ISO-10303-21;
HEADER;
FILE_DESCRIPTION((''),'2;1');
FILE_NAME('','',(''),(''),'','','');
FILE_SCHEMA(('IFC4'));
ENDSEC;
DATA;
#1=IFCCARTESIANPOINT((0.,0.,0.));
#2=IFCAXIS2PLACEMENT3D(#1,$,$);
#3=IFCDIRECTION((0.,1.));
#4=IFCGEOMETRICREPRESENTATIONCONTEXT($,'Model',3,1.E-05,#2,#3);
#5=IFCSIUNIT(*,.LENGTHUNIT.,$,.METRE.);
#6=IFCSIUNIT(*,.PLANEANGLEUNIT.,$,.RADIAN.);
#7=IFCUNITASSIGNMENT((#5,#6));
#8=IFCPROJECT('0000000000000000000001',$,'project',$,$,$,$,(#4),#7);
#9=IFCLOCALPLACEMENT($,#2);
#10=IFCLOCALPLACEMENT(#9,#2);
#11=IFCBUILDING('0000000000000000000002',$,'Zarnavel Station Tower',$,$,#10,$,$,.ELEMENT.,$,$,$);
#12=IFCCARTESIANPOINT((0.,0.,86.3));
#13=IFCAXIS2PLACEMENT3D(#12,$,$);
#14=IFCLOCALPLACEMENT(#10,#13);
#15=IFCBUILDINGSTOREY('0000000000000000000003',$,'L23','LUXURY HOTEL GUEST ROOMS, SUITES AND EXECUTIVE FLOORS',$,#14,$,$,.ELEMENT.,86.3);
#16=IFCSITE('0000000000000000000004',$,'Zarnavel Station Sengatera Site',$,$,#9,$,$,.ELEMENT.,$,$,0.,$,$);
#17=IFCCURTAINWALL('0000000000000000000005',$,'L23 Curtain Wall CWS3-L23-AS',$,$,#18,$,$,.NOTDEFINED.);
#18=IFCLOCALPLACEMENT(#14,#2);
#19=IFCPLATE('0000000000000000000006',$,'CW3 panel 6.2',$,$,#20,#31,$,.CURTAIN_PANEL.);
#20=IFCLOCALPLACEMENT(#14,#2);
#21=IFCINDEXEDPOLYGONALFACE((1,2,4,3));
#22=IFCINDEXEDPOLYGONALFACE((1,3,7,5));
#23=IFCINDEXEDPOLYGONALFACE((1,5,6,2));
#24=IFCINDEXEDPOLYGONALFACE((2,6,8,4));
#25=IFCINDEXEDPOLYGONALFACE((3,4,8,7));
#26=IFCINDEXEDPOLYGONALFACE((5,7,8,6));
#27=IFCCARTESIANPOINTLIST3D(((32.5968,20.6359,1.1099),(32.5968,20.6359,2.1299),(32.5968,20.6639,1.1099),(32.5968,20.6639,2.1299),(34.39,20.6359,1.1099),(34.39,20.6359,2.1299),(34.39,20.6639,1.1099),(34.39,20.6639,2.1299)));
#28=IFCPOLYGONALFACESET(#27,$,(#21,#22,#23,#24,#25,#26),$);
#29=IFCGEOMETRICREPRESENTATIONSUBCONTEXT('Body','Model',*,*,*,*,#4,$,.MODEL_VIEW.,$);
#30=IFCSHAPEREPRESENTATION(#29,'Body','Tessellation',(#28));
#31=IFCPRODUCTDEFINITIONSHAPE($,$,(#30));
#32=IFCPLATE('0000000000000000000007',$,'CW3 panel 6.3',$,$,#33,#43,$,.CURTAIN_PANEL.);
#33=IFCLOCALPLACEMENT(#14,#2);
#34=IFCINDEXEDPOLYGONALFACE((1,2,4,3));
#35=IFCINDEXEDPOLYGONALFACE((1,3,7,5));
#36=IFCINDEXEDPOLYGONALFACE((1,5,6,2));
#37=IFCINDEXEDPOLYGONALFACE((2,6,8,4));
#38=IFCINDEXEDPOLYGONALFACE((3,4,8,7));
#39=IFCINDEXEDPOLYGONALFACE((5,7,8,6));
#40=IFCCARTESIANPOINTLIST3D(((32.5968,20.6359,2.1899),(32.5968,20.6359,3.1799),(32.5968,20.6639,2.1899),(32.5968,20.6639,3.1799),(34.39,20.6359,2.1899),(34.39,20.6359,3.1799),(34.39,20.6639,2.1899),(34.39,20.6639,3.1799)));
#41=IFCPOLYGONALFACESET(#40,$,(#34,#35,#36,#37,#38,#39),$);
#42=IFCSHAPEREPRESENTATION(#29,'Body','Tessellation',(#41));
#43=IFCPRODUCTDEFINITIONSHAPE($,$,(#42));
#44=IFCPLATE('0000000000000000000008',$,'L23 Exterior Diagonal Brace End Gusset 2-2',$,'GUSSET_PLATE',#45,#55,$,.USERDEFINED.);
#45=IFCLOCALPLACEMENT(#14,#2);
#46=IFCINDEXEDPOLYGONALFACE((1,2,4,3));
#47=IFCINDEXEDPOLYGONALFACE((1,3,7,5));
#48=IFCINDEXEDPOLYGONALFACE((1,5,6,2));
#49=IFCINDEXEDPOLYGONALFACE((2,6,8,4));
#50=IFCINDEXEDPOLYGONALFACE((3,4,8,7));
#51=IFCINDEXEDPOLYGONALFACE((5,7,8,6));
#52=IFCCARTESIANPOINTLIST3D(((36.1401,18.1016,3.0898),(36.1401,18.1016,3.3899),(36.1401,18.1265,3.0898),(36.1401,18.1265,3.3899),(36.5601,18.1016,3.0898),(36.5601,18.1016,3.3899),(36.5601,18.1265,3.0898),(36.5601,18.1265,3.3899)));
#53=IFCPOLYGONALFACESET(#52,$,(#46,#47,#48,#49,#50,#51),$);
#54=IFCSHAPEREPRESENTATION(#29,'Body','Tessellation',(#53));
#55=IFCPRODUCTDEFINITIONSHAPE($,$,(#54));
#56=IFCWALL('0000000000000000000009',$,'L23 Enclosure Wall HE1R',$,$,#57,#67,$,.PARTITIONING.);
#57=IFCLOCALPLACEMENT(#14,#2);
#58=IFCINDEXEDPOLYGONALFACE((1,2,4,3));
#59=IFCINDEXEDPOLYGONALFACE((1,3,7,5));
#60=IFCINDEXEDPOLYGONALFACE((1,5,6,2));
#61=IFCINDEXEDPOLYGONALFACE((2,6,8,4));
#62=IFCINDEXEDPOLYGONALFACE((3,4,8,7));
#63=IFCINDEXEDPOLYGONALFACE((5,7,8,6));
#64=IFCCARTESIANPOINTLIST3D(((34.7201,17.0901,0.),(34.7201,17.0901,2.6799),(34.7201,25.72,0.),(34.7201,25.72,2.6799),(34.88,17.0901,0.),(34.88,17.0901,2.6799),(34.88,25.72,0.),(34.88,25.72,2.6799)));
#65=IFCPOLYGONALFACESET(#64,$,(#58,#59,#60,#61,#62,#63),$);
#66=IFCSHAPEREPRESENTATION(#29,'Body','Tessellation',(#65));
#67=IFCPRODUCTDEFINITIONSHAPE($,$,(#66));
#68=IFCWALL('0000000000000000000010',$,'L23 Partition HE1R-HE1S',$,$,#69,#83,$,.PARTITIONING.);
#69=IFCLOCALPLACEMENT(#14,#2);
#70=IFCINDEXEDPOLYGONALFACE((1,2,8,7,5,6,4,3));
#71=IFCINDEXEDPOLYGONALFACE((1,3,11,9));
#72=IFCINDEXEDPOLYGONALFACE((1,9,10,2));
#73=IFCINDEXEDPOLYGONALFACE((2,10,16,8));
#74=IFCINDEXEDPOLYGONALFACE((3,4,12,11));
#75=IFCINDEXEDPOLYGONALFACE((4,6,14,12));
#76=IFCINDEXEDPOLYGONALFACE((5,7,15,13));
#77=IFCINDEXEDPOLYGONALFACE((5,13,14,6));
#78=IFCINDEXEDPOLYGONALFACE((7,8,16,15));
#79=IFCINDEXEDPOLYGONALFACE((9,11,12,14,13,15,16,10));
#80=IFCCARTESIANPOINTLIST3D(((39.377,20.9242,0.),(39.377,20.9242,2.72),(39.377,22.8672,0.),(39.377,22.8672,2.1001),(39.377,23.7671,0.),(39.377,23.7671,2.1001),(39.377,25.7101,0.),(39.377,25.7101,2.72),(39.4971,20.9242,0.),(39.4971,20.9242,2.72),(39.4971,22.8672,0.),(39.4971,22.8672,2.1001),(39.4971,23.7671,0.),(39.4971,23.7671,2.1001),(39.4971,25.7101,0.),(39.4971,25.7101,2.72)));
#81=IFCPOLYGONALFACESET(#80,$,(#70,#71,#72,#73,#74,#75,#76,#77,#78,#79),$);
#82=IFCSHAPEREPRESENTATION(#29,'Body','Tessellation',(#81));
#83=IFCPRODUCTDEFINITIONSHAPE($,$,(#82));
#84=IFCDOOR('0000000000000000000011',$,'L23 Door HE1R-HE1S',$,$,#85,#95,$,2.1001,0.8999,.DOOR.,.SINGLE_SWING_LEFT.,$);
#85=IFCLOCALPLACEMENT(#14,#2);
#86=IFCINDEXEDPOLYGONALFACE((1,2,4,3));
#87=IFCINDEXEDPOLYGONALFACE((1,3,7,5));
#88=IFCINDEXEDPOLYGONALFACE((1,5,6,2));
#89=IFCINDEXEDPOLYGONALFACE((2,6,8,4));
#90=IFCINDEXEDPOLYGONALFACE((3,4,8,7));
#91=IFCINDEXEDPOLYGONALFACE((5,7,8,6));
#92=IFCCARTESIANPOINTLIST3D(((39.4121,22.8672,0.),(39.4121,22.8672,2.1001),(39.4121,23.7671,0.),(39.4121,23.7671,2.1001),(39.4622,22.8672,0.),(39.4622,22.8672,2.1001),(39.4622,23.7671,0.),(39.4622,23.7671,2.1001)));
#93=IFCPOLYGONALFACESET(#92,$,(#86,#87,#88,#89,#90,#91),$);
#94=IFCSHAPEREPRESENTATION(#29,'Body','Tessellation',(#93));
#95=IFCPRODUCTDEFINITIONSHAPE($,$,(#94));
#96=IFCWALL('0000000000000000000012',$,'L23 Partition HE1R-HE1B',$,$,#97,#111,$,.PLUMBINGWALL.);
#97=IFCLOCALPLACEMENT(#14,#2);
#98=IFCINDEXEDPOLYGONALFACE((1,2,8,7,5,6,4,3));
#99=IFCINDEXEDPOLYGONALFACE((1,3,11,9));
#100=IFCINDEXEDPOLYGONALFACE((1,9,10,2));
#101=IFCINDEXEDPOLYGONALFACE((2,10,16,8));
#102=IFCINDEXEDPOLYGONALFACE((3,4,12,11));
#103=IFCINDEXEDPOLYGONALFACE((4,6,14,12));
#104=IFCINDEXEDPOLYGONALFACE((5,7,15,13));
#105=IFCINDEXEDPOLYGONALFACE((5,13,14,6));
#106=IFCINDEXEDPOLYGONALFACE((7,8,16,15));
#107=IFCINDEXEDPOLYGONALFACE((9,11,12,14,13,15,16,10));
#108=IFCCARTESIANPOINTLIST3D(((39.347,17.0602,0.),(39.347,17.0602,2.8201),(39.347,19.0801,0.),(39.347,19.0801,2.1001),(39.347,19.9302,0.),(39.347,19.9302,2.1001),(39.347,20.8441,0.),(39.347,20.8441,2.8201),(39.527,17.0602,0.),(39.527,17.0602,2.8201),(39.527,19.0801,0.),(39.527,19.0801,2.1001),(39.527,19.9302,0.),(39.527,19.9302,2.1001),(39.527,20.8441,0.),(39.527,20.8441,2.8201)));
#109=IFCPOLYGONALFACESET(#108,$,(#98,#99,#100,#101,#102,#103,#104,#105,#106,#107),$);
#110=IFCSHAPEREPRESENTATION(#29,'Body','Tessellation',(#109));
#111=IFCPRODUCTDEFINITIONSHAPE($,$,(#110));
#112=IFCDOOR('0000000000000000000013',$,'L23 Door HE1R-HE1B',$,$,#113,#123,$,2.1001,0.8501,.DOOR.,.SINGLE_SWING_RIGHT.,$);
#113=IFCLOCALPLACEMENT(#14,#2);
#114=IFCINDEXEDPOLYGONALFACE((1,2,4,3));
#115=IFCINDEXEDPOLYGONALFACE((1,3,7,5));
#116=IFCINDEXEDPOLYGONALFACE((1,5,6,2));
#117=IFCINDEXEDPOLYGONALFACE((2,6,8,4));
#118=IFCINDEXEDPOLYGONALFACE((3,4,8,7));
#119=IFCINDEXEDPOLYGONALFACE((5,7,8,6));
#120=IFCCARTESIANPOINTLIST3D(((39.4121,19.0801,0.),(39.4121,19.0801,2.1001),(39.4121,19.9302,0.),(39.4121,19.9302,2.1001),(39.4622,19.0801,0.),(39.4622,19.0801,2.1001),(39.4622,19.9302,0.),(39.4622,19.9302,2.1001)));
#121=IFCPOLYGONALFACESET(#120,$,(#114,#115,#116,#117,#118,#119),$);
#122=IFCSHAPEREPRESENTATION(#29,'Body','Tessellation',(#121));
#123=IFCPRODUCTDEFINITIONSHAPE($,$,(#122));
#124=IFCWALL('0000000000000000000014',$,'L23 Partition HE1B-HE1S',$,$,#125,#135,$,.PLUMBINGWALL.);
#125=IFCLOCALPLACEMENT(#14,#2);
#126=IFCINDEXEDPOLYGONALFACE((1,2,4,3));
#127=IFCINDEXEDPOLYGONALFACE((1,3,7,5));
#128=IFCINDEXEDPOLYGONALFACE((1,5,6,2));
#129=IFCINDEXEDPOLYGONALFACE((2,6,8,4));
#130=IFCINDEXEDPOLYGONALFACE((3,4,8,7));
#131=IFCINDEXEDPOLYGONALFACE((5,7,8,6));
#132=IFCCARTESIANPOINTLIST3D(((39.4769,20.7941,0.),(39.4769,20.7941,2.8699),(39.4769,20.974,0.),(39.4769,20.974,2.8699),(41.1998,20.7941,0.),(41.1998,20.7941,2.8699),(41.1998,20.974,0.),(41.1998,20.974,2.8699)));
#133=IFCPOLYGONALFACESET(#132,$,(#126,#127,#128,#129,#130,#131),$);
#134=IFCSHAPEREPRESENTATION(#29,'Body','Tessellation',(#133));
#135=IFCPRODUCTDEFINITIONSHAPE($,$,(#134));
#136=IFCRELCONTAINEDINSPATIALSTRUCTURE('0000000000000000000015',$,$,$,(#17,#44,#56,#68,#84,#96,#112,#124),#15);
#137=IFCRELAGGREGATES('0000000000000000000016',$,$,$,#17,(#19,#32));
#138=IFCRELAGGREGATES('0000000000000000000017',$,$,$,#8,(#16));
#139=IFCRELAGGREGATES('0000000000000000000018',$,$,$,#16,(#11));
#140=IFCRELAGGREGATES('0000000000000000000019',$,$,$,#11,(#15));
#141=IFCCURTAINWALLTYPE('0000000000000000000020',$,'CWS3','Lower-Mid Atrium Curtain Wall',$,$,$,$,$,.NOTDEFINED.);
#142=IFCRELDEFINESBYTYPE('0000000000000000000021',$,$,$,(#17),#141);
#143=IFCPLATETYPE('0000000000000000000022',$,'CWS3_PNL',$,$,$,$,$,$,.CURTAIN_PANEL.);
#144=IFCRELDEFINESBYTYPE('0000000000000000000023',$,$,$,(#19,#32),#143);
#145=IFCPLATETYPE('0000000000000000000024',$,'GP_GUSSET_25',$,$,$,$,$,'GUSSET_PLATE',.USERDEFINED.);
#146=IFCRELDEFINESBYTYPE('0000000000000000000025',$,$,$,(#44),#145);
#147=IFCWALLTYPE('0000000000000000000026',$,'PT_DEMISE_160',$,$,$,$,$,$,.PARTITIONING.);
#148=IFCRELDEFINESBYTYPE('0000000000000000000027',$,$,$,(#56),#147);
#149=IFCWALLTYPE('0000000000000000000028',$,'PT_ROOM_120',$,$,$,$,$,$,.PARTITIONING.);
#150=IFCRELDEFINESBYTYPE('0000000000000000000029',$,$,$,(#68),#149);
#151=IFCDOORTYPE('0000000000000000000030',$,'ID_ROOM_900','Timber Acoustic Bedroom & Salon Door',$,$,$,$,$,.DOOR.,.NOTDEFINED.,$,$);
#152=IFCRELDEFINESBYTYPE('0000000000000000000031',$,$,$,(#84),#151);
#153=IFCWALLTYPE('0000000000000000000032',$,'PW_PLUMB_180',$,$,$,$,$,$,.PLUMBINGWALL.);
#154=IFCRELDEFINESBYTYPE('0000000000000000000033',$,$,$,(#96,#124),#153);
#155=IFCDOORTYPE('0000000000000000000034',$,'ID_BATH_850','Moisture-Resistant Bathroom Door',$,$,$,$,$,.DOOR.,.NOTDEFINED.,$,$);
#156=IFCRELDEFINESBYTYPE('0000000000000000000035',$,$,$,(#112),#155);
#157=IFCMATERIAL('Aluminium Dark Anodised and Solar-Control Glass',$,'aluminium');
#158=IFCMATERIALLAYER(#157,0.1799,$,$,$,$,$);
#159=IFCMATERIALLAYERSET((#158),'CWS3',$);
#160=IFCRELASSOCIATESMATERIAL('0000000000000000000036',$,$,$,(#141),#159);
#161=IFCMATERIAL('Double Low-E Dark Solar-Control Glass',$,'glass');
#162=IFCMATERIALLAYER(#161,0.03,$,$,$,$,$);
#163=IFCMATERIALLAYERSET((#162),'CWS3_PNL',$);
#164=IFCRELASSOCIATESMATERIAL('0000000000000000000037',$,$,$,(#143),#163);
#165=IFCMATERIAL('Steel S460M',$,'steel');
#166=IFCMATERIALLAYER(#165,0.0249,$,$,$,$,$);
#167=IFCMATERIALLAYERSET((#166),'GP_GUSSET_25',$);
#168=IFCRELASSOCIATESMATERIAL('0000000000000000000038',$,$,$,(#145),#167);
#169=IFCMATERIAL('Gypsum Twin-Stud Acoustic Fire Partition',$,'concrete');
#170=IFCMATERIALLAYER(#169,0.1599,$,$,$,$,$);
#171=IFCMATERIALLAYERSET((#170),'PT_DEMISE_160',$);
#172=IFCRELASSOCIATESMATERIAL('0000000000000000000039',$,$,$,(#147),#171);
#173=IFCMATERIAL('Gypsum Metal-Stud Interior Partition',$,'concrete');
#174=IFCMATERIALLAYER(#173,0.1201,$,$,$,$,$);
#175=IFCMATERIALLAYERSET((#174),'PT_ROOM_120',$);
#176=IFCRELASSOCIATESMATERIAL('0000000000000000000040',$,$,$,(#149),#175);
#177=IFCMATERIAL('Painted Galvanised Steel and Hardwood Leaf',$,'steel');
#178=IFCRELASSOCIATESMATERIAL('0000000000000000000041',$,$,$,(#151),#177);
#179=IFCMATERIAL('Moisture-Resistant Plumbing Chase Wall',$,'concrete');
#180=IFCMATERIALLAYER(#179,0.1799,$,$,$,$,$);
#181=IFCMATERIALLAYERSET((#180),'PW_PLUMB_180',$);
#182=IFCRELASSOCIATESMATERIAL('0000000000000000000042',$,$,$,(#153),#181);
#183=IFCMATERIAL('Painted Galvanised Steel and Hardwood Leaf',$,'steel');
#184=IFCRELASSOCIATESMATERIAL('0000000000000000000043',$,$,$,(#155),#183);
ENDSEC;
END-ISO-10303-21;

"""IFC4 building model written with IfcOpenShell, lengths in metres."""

from ifc_helpers import new_model, si_unit, direction, frame, frame_2d, origin, origin_2d, place, context, subcontext, project, spatial, rectangle, extrude, material, layer, layer_set, type_object, element, fill, aggregate, save


model = new_model("IFC4")

# Units and contexts
model_context = context("Model", 3, precision=1e-05, world=origin(), true_north=direction((0.0, 1.0)))
body_context = subcontext(model_context, "Body", "Model", "MODEL_VIEW")
ifc_project = project(units=[si_unit("LENGTHUNIT", "METRE"), si_unit("PLANEANGLEUNIT", "RADIAN")], contexts=[model_context])

# Site, building, storey
site_placement = place(None, origin())
site = spatial("IfcSite", under=ifc_project, at=site_placement, Name="Zarnavel Station Sengatera Site", CompositionType="ELEMENT", RefElevation=0.0)
building_placement = place(site_placement, origin())
building = spatial("IfcBuilding", under=site, at=building_placement, Name="Zarnavel Station Tower", CompositionType="ELEMENT")
storey_placement = place(building_placement, frame((0.0, 0.0, 86.3)))
storey = spatial("IfcBuildingStorey", under=building, at=storey_placement, Name="L23", Description="LUXURY HOTEL GUEST ROOMS, SUITES AND EXECUTIVE FLOORS", CompositionType="ELEMENT", Elevation=86.3)

# Curtain wall
ifc_material_1 = material(Name="Aluminium Dark Anodised and Solar-Control Glass", Category="aluminium")
ifc_layer_1 = layer(ifc_material_1, 0.1799)
ifc_layer_set_1 = layer_set([ifc_layer_1], Name="CWS3")
curtain_wall_type = type_object("IfcCurtainWallType", Name="CWS3", Description="Lower-Mid Atrium Curtain Wall", PredefinedType="NOTDEFINED", material=ifc_layer_set_1)
curtain_wall_placement = place(storey_placement, origin())
curtain_wall = element("IfcCurtainWall", 1, at=curtain_wall_placement, inside=storey, type_object=curtain_wall_type, Name="L23 Curtain Wall CWS3-L23-AS", PredefinedType="NOTDEFINED")

# Plates
ifc_material_2 = material(Name="Double Low-E Dark Solar-Control Glass", Category="glass")
ifc_layer_2 = layer(ifc_material_2, 0.03)
ifc_layer_set_2 = layer_set([ifc_layer_2], Name="CWS3_PNL")
plate_type_1 = type_object("IfcPlateType", Name="CWS3_PNL", PredefinedType="CURTAIN_PANEL", material=ifc_layer_set_2)
plate_1_placement = place(storey_placement, frame((33.4934, 20.6499, 1.1099), z_axis=(0.0, 0.0, 1.0), x_axis=(1.0, 0.0, 0.0)))
plate_1 = element("IfcPlate", 2, at=plate_1_placement, type_object=plate_type_1, Name="CW3 panel 6.2", PredefinedType="CURTAIN_PANEL", context=body_context, shape_type="SweptSolid", body=[
    extrude(rectangle(XDim=1.7932, YDim=0.0281, at=origin_2d()), origin(), (0.0, 0.0, 1.0), 1.02),
])
plate_2_placement = place(storey_placement, frame((33.4934, 20.6499, 2.1899), z_axis=(0.0, 0.0, 1.0), x_axis=(1.0, 0.0, 0.0)))
plate_2 = element("IfcPlate", 3, at=plate_2_placement, type_object=plate_type_1, Name="CW3 panel 6.3", PredefinedType="CURTAIN_PANEL", context=body_context, shape_type="SweptSolid", body=[
    extrude(rectangle(XDim=1.7932, YDim=0.0281, at=origin_2d()), origin(), (0.0, 0.0, 1.0), 0.99),
])
aggregate(curtain_wall, [plate_1, plate_2])
ifc_material_3 = material(Name="Steel S460M", Category="steel")
ifc_layer_3 = layer(ifc_material_3, 0.0249)
ifc_layer_set_3 = layer_set([ifc_layer_3], Name="GP_GUSSET_25")
plate_type_2 = type_object("IfcPlateType", Name="GP_GUSSET_25", ElementType="GUSSET_PLATE", PredefinedType="USERDEFINED", material=ifc_layer_set_3)
plate_3_placement = place(storey_placement, frame((36.3501, 18.114, 3.0898), z_axis=(0.0, 0.0, 1.0), x_axis=(1.0, 0.0, 0.0)))
element("IfcPlate", 4, at=plate_3_placement, inside=storey, type_object=plate_type_2, Name="L23 Exterior Diagonal Brace End Gusset 2-2", ObjectType="GUSSET_PLATE", PredefinedType="USERDEFINED", context=body_context, shape_type="SweptSolid", body=[
    extrude(rectangle(XDim=0.4199, YDim=0.0249, at=origin_2d()), origin(), (0.0, 0.0, 1.0), 0.3),
])

# Wall
ifc_material_4 = material(Name="Gypsum Twin-Stud Acoustic Fire Partition", Category="concrete")
ifc_layer_4 = layer(ifc_material_4, 0.1599)
ifc_layer_set_4 = layer_set([ifc_layer_4], Name="PT_DEMISE_160")
wall_type_1 = type_object("IfcWallType", Name="PT_DEMISE_160", PredefinedType="PARTITIONING", material=ifc_layer_set_4)
wall_1_placement = place(storey_placement, frame((34.8, 17.0901, 0.0), z_axis=(0.0, 0.0, 1.0), x_axis=(0.0, 1.0, 0.0)))
element("IfcWall", 5, at=wall_1_placement, inside=storey, type_object=wall_type_1, Name="L23 Enclosure Wall HE1R", PredefinedType="PARTITIONING", context=body_context, shape_type="SweptSolid", body=[
    extrude(rectangle(XDim=8.6299, YDim=0.1599, at=frame_2d((4.3149, 0.0))), origin(), (0.0, 0.0, 1.0), 2.6799),
])

# Walls, openings, doors
ifc_material_5 = material(Name="Gypsum Metal-Stud Interior Partition", Category="concrete")
ifc_layer_5 = layer(ifc_material_5, 0.1201)
ifc_layer_set_5 = layer_set([ifc_layer_5], Name="PT_ROOM_120")
wall_type_2 = type_object("IfcWallType", Name="PT_ROOM_120", PredefinedType="PARTITIONING", material=ifc_layer_set_5)
wall_2_placement = place(storey_placement, frame((39.437, 20.9241, 0.0), z_axis=(0.0, 0.0, 1.0), x_axis=(0.0, 1.0, 0.0)))
wall_2 = element("IfcWall", 6, at=wall_2_placement, inside=storey, type_object=wall_type_2, Name="L23 Partition HE1R-HE1S", PredefinedType="PARTITIONING", context=body_context, shape_type="SweptSolid", body=[
    extrude(rectangle(XDim=4.7859, YDim=0.1201, at=frame_2d((2.3931, 0.0))), origin(), (0.0, 0.0, 1.0), 2.72),
])
opening_1_placement = place(wall_2_placement, frame((1.9431, 0.0, 0.0)))
opening_1 = element("IfcOpeningElement", 7, at=opening_1_placement, cuts=wall_2, PredefinedType="OPENING", context=body_context, shape_type="SweptSolid", body=[
    extrude(rectangle(XDim=0.8999, YDim=2.1001, at=frame_2d((0.45, 1.05))), frame((0.0, 0.0701, 0.0), z_axis=(0.0, -1.0, 0.0), x_axis=(1.0, 0.0, 0.0)), (0.0, 0.0, 1.0), 0.1401),
])
ifc_material_6 = material(Name="Painted Galvanised Steel and Hardwood Leaf", Category="steel")
door_type_1 = type_object("IfcDoorType", Name="ID_ROOM_900", Description="Timber Acoustic Bedroom & Salon Door", OperationType="NOTDEFINED", PredefinedType="DOOR", material=ifc_material_6)
door_1_placement = place(opening_1_placement, origin())
door_1 = element("IfcDoor", 8, at=door_1_placement, inside=storey, type_object=door_type_1, Name="L23 Door HE1R-HE1S", OperationType="SINGLE_SWING_LEFT", OverallHeight=2.1001, OverallWidth=0.8999, PredefinedType="DOOR", context=body_context, shape_type="SweptSolid", body=[
    extrude(rectangle(XDim=0.8999, YDim=2.1001, at=frame_2d((0.45, 1.05))), frame((0.0, 0.0249, 0.0), z_axis=(0.0, -1.0, 0.0), x_axis=(1.0, 0.0, 0.0)), (0.0, 0.0, 1.0), 0.05),
])
fill(opening_1, door_1)
ifc_material_7 = material(Name="Moisture-Resistant Plumbing Chase Wall", Category="concrete")
ifc_layer_6 = layer(ifc_material_7, 0.1799)
ifc_layer_set_6 = layer_set([ifc_layer_6], Name="PW_PLUMB_180")
wall_type_3 = type_object("IfcWallType", Name="PW_PLUMB_180", PredefinedType="PLUMBINGWALL", material=ifc_layer_set_6)
wall_3_placement = place(storey_placement, frame((39.437, 17.0601, 0.0), z_axis=(0.0, 0.0, 1.0), x_axis=(0.0, 1.0, 0.0)))
wall_3 = element("IfcWall", 9, at=wall_3_placement, inside=storey, type_object=wall_type_3, Name="L23 Partition HE1R-HE1B", PredefinedType="PLUMBINGWALL", context=body_context, shape_type="SweptSolid", body=[
    extrude(rectangle(XDim=3.7839, YDim=0.1799, at=frame_2d((1.8921, 0.0))), origin(), (0.0, 0.0, 1.0), 2.8201),
])
opening_2_placement = place(wall_3_placement, frame((2.02, 0.0, 0.0)))
opening_2 = element("IfcOpeningElement", 10, at=opening_2_placement, cuts=wall_3, PredefinedType="OPENING", context=body_context, shape_type="SweptSolid", body=[
    extrude(rectangle(XDim=0.8501, YDim=2.1001, at=frame_2d((0.425, 1.05))), frame((0.0, 0.0999, 0.0), z_axis=(0.0, -1.0, 0.0), x_axis=(1.0, 0.0, 0.0)), (0.0, 0.0, 1.0), 0.2),
])
ifc_material_8 = material(Name="Painted Galvanised Steel and Hardwood Leaf", Category="steel")
door_type_2 = type_object("IfcDoorType", Name="ID_BATH_850", Description="Moisture-Resistant Bathroom Door", OperationType="NOTDEFINED", PredefinedType="DOOR", material=ifc_material_8)
door_2_placement = place(opening_2_placement, origin())
door_2 = element("IfcDoor", 11, at=door_2_placement, inside=storey, type_object=door_type_2, Name="L23 Door HE1R-HE1B", OperationType="SINGLE_SWING_RIGHT", OverallHeight=2.1001, OverallWidth=0.8501, PredefinedType="DOOR", context=body_context, shape_type="SweptSolid", body=[
    extrude(rectangle(XDim=0.8501, YDim=2.1001, at=frame_2d((0.425, 1.05))), frame((0.0, 0.0249, 0.0), z_axis=(0.0, -1.0, 0.0), x_axis=(1.0, 0.0, 0.0)), (0.0, 0.0, 1.0), 0.05),
])
fill(opening_2, door_2)

# Wall
wall_4_placement = place(storey_placement, frame((39.4771, 20.884, 0.0), z_axis=(0.0, 0.0, 1.0), x_axis=(1.0, 0.0, 0.0)))
element("IfcWall", 12, at=wall_4_placement, inside=storey, type_object=wall_type_3, Name="L23 Partition HE1B-HE1S", PredefinedType="PLUMBINGWALL", context=body_context, shape_type="SweptSolid", body=[
    extrude(rectangle(XDim=1.7229, YDim=0.1799, at=frame_2d((0.8613, 0.0))), origin(), (0.0, 0.0, 1.0), 2.8699),
])

save(model, "model.ifc")
